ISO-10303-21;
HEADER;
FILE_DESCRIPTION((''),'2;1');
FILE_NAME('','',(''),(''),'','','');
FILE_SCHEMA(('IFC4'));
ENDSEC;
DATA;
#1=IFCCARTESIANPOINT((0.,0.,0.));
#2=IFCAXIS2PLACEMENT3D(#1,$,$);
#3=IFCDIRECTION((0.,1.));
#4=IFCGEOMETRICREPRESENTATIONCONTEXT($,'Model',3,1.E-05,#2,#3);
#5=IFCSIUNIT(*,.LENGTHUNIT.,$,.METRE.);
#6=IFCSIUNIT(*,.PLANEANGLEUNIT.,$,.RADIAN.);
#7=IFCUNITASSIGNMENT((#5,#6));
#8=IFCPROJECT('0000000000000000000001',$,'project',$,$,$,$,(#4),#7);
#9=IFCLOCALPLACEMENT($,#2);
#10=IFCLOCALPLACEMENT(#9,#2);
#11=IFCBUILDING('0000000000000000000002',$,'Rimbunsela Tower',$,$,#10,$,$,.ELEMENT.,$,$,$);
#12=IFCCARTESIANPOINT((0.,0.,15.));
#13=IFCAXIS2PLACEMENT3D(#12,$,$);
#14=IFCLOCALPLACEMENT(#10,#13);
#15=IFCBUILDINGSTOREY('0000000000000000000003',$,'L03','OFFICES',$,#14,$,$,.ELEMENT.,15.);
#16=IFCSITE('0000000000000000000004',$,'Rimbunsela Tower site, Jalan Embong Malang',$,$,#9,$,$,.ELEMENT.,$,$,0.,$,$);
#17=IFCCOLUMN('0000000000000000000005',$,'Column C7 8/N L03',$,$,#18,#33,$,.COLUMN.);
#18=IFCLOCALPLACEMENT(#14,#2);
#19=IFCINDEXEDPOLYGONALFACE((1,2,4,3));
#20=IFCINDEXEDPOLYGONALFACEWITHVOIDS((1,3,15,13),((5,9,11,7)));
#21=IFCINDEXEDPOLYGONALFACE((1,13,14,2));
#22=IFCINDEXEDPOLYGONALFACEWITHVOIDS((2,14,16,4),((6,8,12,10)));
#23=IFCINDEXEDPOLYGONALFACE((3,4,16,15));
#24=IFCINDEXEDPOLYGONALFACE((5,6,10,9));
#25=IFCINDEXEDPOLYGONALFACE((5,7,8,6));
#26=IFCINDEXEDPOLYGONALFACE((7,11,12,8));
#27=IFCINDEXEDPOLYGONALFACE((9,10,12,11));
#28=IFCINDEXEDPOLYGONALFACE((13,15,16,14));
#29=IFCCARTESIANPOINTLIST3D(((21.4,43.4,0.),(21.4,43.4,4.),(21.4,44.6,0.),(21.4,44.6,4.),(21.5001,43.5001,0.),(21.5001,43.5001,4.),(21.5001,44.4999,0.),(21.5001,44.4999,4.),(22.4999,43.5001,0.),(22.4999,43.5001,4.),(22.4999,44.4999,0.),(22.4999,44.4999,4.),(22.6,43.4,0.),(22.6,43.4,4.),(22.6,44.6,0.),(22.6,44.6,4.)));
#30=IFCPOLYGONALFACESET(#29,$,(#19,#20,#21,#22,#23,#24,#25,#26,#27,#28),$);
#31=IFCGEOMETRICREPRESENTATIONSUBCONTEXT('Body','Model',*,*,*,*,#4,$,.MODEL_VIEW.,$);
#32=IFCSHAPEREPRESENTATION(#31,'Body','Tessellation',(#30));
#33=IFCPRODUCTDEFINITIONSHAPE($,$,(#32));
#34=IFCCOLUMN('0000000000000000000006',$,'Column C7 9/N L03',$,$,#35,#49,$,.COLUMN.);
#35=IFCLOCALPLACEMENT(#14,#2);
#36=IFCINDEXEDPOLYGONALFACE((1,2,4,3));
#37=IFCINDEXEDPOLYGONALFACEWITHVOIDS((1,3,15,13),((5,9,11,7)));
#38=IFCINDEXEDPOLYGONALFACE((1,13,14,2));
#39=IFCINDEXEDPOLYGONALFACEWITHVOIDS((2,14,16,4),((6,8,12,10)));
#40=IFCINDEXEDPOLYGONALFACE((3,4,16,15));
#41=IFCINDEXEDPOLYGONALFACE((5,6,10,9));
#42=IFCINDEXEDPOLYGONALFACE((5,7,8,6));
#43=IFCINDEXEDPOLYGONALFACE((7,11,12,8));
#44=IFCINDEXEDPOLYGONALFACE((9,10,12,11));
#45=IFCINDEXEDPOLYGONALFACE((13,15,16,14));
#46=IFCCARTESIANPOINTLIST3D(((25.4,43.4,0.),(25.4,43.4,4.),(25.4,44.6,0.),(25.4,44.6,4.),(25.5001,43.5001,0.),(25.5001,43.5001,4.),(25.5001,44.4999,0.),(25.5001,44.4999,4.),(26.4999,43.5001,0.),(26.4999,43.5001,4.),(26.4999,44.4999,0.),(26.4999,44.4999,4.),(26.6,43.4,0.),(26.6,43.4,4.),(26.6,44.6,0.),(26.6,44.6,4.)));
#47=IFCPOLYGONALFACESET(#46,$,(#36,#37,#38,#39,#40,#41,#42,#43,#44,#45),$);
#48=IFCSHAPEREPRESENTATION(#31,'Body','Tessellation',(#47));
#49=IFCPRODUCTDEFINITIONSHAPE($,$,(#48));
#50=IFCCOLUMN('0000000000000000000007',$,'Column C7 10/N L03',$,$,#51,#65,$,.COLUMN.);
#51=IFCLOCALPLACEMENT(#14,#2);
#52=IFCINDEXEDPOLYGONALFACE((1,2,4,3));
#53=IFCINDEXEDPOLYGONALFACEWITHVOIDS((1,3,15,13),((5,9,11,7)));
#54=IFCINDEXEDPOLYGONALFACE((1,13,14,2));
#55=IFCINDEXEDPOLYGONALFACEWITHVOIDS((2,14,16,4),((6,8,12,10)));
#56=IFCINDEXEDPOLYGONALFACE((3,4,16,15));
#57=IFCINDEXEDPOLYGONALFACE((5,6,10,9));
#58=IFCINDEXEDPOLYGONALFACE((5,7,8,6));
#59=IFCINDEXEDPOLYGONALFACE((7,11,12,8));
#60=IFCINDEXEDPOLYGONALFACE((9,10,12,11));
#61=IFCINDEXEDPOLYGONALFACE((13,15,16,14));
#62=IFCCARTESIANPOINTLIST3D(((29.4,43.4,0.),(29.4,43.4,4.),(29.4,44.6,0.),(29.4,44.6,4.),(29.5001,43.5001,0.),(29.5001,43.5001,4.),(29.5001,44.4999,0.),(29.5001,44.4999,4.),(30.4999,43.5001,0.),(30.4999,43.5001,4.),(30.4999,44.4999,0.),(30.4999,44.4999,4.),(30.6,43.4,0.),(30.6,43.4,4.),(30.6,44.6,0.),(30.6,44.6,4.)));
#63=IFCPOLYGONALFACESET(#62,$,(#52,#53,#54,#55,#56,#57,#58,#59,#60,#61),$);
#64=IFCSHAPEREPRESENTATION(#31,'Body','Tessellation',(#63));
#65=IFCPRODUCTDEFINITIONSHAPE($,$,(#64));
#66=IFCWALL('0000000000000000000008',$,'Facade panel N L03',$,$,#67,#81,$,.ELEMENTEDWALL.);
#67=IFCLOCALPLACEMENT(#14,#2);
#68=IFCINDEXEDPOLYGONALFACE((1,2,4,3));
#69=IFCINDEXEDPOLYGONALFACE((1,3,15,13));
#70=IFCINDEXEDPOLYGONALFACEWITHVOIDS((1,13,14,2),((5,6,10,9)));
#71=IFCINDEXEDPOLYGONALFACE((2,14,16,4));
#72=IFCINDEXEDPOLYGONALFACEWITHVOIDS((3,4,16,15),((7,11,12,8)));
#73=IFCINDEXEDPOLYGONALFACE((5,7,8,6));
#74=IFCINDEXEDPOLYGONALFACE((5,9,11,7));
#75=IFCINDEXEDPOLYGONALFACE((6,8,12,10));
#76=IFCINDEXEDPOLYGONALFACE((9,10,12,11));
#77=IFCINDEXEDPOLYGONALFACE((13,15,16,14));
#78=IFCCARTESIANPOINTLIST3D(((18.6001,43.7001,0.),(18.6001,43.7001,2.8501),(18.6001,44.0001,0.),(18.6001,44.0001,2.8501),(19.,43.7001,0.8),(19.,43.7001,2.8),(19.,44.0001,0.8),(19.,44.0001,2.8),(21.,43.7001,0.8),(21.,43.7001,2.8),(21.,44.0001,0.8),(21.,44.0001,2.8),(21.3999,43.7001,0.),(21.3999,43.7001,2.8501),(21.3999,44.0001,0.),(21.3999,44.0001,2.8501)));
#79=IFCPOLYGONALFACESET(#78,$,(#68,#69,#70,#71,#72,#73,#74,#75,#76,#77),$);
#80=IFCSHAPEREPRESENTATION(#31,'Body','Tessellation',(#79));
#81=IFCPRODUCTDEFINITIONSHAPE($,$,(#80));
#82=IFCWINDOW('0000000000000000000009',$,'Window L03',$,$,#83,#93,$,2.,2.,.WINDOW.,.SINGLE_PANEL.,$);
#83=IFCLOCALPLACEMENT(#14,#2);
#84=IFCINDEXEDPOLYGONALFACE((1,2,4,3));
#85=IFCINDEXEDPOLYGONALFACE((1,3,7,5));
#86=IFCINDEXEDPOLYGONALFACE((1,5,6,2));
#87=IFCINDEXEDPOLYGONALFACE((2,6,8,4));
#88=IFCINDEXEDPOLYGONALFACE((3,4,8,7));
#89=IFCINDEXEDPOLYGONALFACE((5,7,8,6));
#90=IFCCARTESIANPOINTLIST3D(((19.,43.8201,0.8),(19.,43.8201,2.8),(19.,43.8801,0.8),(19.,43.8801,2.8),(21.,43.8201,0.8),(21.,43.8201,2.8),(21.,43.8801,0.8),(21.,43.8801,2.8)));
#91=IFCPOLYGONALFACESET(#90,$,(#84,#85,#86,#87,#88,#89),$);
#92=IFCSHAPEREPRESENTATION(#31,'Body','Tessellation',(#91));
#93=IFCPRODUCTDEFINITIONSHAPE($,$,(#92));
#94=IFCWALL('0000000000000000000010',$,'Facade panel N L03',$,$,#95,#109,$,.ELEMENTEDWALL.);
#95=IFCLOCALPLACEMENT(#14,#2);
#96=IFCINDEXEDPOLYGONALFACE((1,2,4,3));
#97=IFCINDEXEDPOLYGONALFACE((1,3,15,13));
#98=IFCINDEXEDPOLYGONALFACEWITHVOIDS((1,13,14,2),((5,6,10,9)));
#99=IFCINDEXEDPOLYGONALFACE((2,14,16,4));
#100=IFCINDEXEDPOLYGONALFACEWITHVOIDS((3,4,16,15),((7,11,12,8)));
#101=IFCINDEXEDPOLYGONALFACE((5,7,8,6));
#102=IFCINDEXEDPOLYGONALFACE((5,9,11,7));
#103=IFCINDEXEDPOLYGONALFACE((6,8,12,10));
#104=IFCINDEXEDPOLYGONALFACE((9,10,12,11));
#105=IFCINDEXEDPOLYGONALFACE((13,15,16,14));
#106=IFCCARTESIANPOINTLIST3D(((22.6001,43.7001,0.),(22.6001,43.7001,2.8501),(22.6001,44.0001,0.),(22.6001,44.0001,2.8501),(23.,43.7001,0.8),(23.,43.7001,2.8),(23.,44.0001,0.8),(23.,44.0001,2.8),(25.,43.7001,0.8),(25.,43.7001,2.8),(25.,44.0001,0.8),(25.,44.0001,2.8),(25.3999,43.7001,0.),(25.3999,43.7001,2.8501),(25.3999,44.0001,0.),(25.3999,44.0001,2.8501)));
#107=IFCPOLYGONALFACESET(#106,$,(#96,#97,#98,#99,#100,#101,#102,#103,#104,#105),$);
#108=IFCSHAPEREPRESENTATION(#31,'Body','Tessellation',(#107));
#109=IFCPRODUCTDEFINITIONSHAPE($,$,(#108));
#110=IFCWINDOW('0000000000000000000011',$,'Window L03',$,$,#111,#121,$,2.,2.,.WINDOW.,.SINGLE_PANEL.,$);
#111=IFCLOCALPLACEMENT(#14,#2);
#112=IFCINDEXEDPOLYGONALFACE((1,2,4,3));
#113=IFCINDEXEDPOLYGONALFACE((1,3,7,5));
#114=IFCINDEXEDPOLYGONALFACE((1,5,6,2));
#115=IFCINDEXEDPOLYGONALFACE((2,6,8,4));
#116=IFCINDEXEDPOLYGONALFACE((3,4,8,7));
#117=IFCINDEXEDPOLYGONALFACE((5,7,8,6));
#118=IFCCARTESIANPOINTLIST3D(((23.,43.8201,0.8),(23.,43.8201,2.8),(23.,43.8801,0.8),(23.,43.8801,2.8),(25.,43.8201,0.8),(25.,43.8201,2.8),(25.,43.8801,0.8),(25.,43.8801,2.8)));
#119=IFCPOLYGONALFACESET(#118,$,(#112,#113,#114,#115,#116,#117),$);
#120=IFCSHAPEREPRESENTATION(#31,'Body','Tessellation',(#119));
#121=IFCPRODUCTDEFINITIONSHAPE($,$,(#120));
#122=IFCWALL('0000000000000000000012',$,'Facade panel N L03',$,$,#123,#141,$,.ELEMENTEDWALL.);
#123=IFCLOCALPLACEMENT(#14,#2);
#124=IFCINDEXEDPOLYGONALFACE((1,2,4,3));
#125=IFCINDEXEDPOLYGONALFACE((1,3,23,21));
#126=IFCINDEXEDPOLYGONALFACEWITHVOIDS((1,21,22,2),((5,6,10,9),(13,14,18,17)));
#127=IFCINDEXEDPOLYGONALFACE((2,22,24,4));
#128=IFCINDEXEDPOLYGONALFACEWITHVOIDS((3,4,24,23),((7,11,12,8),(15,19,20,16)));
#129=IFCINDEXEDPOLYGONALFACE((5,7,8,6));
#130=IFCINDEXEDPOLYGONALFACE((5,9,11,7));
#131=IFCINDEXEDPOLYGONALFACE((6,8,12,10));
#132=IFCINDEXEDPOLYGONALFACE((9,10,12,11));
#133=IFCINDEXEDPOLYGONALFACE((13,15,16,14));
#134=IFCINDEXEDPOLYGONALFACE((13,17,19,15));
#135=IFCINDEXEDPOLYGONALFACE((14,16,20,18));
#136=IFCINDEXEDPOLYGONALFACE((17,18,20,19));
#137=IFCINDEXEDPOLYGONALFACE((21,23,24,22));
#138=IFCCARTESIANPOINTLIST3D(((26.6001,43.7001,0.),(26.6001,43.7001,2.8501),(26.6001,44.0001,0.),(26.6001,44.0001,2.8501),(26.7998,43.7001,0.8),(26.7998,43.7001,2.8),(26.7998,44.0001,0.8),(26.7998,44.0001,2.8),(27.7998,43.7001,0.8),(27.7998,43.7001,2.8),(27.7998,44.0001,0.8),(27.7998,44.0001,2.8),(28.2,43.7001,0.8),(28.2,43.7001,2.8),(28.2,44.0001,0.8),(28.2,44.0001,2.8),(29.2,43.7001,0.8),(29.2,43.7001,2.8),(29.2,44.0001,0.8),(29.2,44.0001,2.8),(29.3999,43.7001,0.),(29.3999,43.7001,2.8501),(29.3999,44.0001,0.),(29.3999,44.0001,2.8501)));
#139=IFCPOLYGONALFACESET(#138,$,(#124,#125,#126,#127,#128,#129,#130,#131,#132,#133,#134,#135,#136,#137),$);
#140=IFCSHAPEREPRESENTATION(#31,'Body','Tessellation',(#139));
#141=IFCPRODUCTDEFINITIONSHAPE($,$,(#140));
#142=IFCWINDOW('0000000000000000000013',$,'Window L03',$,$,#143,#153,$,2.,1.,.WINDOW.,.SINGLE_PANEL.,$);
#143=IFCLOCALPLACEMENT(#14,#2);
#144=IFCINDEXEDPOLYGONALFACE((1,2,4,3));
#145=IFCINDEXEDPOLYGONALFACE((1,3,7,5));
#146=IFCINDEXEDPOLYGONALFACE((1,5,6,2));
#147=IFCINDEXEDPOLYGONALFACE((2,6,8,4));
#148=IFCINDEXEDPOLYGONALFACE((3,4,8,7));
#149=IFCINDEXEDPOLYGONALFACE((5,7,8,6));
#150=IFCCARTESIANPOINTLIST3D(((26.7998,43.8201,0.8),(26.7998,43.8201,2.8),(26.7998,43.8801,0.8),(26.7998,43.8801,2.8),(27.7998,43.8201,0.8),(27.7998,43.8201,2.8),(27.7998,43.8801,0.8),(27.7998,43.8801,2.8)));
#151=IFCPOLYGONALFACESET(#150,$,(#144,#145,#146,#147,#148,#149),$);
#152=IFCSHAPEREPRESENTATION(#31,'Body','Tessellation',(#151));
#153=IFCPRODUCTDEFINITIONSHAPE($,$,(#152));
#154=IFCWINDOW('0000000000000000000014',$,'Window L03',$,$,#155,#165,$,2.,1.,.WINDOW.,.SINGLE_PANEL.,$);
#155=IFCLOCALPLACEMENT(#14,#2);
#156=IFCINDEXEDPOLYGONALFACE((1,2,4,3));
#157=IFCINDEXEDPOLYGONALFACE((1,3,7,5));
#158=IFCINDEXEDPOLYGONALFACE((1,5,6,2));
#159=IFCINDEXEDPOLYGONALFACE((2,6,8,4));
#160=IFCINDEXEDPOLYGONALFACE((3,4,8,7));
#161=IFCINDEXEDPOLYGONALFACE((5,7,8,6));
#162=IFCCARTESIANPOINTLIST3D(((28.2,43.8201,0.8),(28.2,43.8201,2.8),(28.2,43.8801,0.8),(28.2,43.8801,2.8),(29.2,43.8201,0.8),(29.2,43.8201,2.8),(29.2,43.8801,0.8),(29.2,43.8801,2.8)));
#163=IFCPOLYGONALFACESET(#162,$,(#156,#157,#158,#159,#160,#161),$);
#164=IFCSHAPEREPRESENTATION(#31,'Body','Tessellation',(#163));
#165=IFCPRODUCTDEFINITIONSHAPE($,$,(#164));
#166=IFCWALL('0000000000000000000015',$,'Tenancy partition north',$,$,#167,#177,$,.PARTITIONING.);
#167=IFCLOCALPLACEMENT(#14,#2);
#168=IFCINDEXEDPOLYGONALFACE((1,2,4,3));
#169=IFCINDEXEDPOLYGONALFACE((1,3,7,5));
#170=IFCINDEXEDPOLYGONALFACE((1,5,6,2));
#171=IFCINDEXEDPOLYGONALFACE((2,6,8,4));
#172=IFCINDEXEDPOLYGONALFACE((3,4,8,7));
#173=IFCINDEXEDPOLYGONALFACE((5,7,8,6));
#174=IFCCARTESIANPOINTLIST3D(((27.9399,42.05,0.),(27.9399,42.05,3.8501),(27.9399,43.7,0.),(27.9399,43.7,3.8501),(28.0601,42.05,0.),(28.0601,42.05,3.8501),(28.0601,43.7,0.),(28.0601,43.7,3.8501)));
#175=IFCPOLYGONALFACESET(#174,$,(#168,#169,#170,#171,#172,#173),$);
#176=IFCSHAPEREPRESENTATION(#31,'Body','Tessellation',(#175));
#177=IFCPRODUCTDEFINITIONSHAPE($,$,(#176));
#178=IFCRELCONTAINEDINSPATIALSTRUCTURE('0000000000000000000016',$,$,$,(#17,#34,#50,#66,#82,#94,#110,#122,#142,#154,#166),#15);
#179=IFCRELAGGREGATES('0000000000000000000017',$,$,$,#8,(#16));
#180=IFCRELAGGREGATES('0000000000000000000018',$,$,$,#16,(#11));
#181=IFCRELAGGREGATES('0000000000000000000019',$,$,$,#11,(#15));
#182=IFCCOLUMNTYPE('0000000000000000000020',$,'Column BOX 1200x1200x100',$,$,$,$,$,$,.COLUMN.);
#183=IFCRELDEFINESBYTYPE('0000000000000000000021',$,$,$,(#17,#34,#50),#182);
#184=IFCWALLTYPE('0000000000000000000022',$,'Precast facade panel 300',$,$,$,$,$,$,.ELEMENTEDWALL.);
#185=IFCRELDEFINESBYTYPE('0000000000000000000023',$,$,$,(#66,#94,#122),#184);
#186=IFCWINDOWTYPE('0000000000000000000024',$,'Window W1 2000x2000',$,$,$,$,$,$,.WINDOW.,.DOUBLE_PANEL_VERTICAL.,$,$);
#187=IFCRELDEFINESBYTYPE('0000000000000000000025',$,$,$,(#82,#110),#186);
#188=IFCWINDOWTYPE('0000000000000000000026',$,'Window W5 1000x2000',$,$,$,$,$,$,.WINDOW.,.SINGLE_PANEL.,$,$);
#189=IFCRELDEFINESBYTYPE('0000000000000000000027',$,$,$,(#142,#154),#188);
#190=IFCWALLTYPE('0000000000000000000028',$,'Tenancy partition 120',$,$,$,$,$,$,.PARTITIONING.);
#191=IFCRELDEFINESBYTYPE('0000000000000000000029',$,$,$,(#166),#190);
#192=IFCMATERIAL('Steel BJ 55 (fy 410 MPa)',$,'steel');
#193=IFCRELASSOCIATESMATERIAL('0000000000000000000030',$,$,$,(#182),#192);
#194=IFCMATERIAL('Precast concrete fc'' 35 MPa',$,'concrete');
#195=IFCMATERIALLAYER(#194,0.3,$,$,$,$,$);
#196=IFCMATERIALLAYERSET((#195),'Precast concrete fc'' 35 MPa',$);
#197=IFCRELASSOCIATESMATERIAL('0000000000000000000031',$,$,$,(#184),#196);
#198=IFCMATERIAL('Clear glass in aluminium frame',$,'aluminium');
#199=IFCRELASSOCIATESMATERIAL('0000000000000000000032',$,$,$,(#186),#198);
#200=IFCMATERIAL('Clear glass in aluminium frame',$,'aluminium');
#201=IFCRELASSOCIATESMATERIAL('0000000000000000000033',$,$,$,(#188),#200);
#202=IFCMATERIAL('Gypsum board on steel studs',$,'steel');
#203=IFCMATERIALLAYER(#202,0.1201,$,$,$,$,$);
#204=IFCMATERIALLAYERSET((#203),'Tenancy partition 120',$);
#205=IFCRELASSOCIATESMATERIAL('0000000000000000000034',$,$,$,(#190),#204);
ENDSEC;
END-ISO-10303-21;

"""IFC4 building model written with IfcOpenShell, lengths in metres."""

from ifc_helpers import new_model, si_unit, direction, frame, frame_2d, origin, origin_2d, place, context, subcontext, project, spatial, rectangle, hollow_rectangle, extrude, material, layer, layer_set, material_profile, profile_set, type_object, element, fill, save


model = new_model("IFC4")

# Units and contexts
model_context = context("Model", 3, precision=1e-05, world=origin(), true_north=direction((0.0, 1.0)))
body_context = subcontext(model_context, "Body", "Model", "MODEL_VIEW")
ifc_project = project(units=[si_unit("LENGTHUNIT", "METRE"), si_unit("PLANEANGLEUNIT", "RADIAN")], contexts=[model_context])

# Site, building, storey
site_placement = place(None, origin())
site = spatial("IfcSite", under=ifc_project, at=site_placement, Name="Rimbunsela Tower site, Jalan Embong Malang", CompositionType="ELEMENT", RefElevation=0.0)
building_placement = place(site_placement, origin())
building = spatial("IfcBuilding", under=site, at=building_placement, Name="Rimbunsela Tower", CompositionType="ELEMENT")
storey_placement = place(building_placement, frame((0.0, 0.0, 15.0)))
storey = spatial("IfcBuildingStorey", under=building, at=storey_placement, Name="L03", Description="OFFICES", CompositionType="ELEMENT", Elevation=15.0)

# Columns
ifc_material_1 = material(Name="Steel BJ 55 (fy 410 MPa)", Category="steel")
ifc_material_profile = material_profile(ifc_material_1, hollow_rectangle(XDim=1.2, YDim=1.2, WallThickness=0.1001, at=origin_2d()), Name="BOX 1200x1200x100")
ifc_profile_set = profile_set([ifc_material_profile], Name="Steel BJ 55 (fy 410 MPa)")
column_type = type_object("IfcColumnType", Name="Column BOX 1200x1200x100", PredefinedType="COLUMN", material=ifc_profile_set)
for number, where, z_axis, x_axis, name in (
    (1, (22.0, 44.0, 0.0), (0.0, 0.0, 1.0), (1.0, 0.0, 0.0), "Column C7 8/N L03"),
    (2, (26.0, 44.0, 0.0), (0.0, 0.0, 1.0), (1.0, 0.0, 0.0), "Column C7 9/N L03"),
    (3, (30.0, 44.0, 0.0), (0.0, 0.0, 1.0), (1.0, 0.0, 0.0), "Column C7 10/N L03"),
):
    element("IfcColumn", number, at=place(storey_placement, frame(where, z_axis=z_axis, x_axis=x_axis)), inside=storey, type_object=column_type, Name=name, PredefinedType="COLUMN", context=body_context, shape_type="SweptSolid", body=[
        extrude(hollow_rectangle(XDim=1.2, YDim=1.2, WallThickness=0.1001, at=origin_2d()), origin(), (0.0, 0.0, 1.0), 4.0),
    ])

# Walls, openings, windows
ifc_material_2 = material(Name="Precast concrete fc' 35 MPa", Category="concrete")
ifc_layer_1 = layer(ifc_material_2, 0.3)
ifc_layer_set_1 = layer_set([ifc_layer_1], Name="Precast concrete fc' 35 MPa")
wall_type_1 = type_object("IfcWallType", Name="Precast facade panel 300", PredefinedType="ELEMENTEDWALL", material=ifc_layer_set_1)
wall_1_placement = place(storey_placement, frame((21.3999, 43.8501, 0.0), z_axis=(0.0, 0.0, 1.0), x_axis=(-1.0, 0.0, 0.0)))
wall_1 = element("IfcWall", 4, at=wall_1_placement, inside=storey, type_object=wall_type_1, Name="Facade panel N L03", PredefinedType="ELEMENTEDWALL", context=body_context, shape_type="SweptSolid", body=[
    extrude(rectangle(XDim=2.7998, YDim=0.3, at=frame_2d((1.3999, 0.0))), origin(), (0.0, 0.0, 1.0), 2.8501),
])
opening_1_placement = place(wall_1_placement, frame((0.3999, 0.0, 0.8)))
opening_1 = element("IfcOpeningElement", 5, at=opening_1_placement, cuts=wall_1, PredefinedType="OPENING", context=body_context, shape_type="SweptSolid", body=[
    extrude(rectangle(XDim=2.0, YDim=2.0, at=frame_2d((1.0, 1.0))), frame((0.0, 0.1599, 0.0), z_axis=(0.0, -1.0, 0.0), x_axis=(1.0, 0.0, 0.0)), (0.0, 0.0, 1.0), 0.3201),
])
ifc_material_3 = material(Name="Clear glass in aluminium frame", Category="aluminium")
window_type_1 = type_object("IfcWindowType", Name="Window W1 2000x2000", PartitioningType="DOUBLE_PANEL_VERTICAL", PredefinedType="WINDOW", material=ifc_material_3)
window_1_placement = place(opening_1_placement, origin())
window_1 = element("IfcWindow", 6, at=window_1_placement, inside=storey, type_object=window_type_1, Name="Window L03", OverallHeight=2.0, OverallWidth=2.0, PartitioningType="SINGLE_PANEL", PredefinedType="WINDOW", context=body_context, shape_type="SweptSolid", body=[
    extrude(rectangle(XDim=2.0, YDim=2.0, at=frame_2d((1.0, 1.0))), frame((0.0, 0.03, 0.0), z_axis=(0.0, -1.0, 0.0), x_axis=(1.0, 0.0, 0.0)), (0.0, 0.0, 1.0), 0.0601),
])
fill(opening_1, window_1)
wall_2_placement = place(storey_placement, frame((25.3999, 43.8501, 0.0), z_axis=(0.0, 0.0, 1.0), x_axis=(-1.0, 0.0, 0.0)))
wall_2 = element("IfcWall", 7, at=wall_2_placement, inside=storey, type_object=wall_type_1, Name="Facade panel N L03", PredefinedType="ELEMENTEDWALL", context=body_context, shape_type="SweptSolid", body=[
    extrude(rectangle(XDim=2.7998, YDim=0.3, at=frame_2d((1.3999, 0.0))), origin(), (0.0, 0.0, 1.0), 2.8501),
])
opening_2_placement = place(wall_2_placement, frame((0.3999, 0.0, 0.8)))
opening_2 = element("IfcOpeningElement", 8, at=opening_2_placement, cuts=wall_2, PredefinedType="OPENING", context=body_context, shape_type="SweptSolid", body=[
    extrude(rectangle(XDim=2.0, YDim=2.0, at=frame_2d((1.0, 1.0))), frame((0.0, 0.1599, 0.0), z_axis=(0.0, -1.0, 0.0), x_axis=(1.0, 0.0, 0.0)), (0.0, 0.0, 1.0), 0.3201),
])
window_2_placement = place(opening_2_placement, origin())
window_2 = element("IfcWindow", 9, at=window_2_placement, inside=storey, type_object=window_type_1, Name="Window L03", OverallHeight=2.0, OverallWidth=2.0, PartitioningType="SINGLE_PANEL", PredefinedType="WINDOW", context=body_context, shape_type="SweptSolid", body=[
    extrude(rectangle(XDim=2.0, YDim=2.0, at=frame_2d((1.0, 1.0))), frame((0.0, 0.03, 0.0), z_axis=(0.0, -1.0, 0.0), x_axis=(1.0, 0.0, 0.0)), (0.0, 0.0, 1.0), 0.0601),
])
fill(opening_2, window_2)

# Wall, openings, windows
wall_3_placement = place(storey_placement, frame((29.3999, 43.8501, 0.0), z_axis=(0.0, 0.0, 1.0), x_axis=(-1.0, 0.0, 0.0)))
wall_3 = element("IfcWall", 10, at=wall_3_placement, inside=storey, type_object=wall_type_1, Name="Facade panel N L03", PredefinedType="ELEMENTEDWALL", context=body_context, shape_type="SweptSolid", body=[
    extrude(rectangle(XDim=2.7998, YDim=0.3, at=frame_2d((1.3999, 0.0))), origin(), (0.0, 0.0, 1.0), 2.8501),
])
opening_3_placement = place(wall_3_placement, frame((1.6001, 0.0, 0.8)))
opening_3 = element("IfcOpeningElement", 11, at=opening_3_placement, cuts=wall_3, PredefinedType="OPENING", context=body_context, shape_type="SweptSolid", body=[
    extrude(rectangle(XDim=1.0, YDim=2.0, at=frame_2d((0.5, 1.0))), frame((0.0, 0.1599, 0.0), z_axis=(0.0, -1.0, 0.0), x_axis=(1.0, 0.0, 0.0)), (0.0, 0.0, 1.0), 0.3201),
])
opening_4_placement = place(wall_3_placement, frame((0.2, 0.0, 0.8)))
opening_4 = element("IfcOpeningElement", 12, at=opening_4_placement, cuts=wall_3, PredefinedType="OPENING", context=body_context, shape_type="SweptSolid", body=[
    extrude(rectangle(XDim=1.0, YDim=2.0, at=frame_2d((0.5, 1.0))), frame((0.0, 0.1599, 0.0), z_axis=(0.0, -1.0, 0.0), x_axis=(1.0, 0.0, 0.0)), (0.0, 0.0, 1.0), 0.3201),
])
ifc_material_4 = material(Name="Clear glass in aluminium frame", Category="aluminium")
window_type_2 = type_object("IfcWindowType", Name="Window W5 1000x2000", PartitioningType="SINGLE_PANEL", PredefinedType="WINDOW", material=ifc_material_4)
window_3_placement = place(opening_3_placement, origin())
window_3 = element("IfcWindow", 13, at=window_3_placement, inside=storey, type_object=window_type_2, Name="Window L03", OverallHeight=2.0, OverallWidth=1.0, PartitioningType="SINGLE_PANEL", PredefinedType="WINDOW", context=body_context, shape_type="SweptSolid", body=[
    extrude(rectangle(XDim=1.0, YDim=2.0, at=frame_2d((0.5, 1.0))), frame((0.0, 0.03, 0.0), z_axis=(0.0, -1.0, 0.0), x_axis=(1.0, 0.0, 0.0)), (0.0, 0.0, 1.0), 0.0601),
])
fill(opening_3, window_3)
window_4_placement = place(opening_4_placement, origin())
window_4 = element("IfcWindow", 14, at=window_4_placement, inside=storey, type_object=window_type_2, Name="Window L03", OverallHeight=2.0, OverallWidth=1.0, PartitioningType="SINGLE_PANEL", PredefinedType="WINDOW", context=body_context, shape_type="SweptSolid", body=[
    extrude(rectangle(XDim=1.0, YDim=2.0, at=frame_2d((0.5, 1.0))), frame((0.0, 0.03, 0.0), z_axis=(0.0, -1.0, 0.0), x_axis=(1.0, 0.0, 0.0)), (0.0, 0.0, 1.0), 0.0601),
])
fill(opening_4, window_4)

# Wall
ifc_material_5 = material(Name="Gypsum board on steel studs", Category="steel")
ifc_layer_2 = layer(ifc_material_5, 0.1201)
ifc_layer_set_2 = layer_set([ifc_layer_2], Name="Tenancy partition 120")
wall_type_2 = type_object("IfcWallType", Name="Tenancy partition 120", PredefinedType="PARTITIONING", material=ifc_layer_set_2)
wall_4_placement = place(storey_placement, frame((28.0, 42.05, 0.0), z_axis=(0.0, 0.0, 1.0), x_axis=(0.0, 1.0, 0.0)))
element("IfcWall", 15, at=wall_4_placement, inside=storey, type_object=wall_type_2, Name="Tenancy partition north", PredefinedType="PARTITIONING", context=body_context, shape_type="SweptSolid", body=[
    extrude(rectangle(XDim=1.6499, YDim=0.1201, at=frame_2d((0.825, 0.0))), origin(), (0.0, 0.0, 1.0), 3.8501),
])

save(model, "model.ifc")
